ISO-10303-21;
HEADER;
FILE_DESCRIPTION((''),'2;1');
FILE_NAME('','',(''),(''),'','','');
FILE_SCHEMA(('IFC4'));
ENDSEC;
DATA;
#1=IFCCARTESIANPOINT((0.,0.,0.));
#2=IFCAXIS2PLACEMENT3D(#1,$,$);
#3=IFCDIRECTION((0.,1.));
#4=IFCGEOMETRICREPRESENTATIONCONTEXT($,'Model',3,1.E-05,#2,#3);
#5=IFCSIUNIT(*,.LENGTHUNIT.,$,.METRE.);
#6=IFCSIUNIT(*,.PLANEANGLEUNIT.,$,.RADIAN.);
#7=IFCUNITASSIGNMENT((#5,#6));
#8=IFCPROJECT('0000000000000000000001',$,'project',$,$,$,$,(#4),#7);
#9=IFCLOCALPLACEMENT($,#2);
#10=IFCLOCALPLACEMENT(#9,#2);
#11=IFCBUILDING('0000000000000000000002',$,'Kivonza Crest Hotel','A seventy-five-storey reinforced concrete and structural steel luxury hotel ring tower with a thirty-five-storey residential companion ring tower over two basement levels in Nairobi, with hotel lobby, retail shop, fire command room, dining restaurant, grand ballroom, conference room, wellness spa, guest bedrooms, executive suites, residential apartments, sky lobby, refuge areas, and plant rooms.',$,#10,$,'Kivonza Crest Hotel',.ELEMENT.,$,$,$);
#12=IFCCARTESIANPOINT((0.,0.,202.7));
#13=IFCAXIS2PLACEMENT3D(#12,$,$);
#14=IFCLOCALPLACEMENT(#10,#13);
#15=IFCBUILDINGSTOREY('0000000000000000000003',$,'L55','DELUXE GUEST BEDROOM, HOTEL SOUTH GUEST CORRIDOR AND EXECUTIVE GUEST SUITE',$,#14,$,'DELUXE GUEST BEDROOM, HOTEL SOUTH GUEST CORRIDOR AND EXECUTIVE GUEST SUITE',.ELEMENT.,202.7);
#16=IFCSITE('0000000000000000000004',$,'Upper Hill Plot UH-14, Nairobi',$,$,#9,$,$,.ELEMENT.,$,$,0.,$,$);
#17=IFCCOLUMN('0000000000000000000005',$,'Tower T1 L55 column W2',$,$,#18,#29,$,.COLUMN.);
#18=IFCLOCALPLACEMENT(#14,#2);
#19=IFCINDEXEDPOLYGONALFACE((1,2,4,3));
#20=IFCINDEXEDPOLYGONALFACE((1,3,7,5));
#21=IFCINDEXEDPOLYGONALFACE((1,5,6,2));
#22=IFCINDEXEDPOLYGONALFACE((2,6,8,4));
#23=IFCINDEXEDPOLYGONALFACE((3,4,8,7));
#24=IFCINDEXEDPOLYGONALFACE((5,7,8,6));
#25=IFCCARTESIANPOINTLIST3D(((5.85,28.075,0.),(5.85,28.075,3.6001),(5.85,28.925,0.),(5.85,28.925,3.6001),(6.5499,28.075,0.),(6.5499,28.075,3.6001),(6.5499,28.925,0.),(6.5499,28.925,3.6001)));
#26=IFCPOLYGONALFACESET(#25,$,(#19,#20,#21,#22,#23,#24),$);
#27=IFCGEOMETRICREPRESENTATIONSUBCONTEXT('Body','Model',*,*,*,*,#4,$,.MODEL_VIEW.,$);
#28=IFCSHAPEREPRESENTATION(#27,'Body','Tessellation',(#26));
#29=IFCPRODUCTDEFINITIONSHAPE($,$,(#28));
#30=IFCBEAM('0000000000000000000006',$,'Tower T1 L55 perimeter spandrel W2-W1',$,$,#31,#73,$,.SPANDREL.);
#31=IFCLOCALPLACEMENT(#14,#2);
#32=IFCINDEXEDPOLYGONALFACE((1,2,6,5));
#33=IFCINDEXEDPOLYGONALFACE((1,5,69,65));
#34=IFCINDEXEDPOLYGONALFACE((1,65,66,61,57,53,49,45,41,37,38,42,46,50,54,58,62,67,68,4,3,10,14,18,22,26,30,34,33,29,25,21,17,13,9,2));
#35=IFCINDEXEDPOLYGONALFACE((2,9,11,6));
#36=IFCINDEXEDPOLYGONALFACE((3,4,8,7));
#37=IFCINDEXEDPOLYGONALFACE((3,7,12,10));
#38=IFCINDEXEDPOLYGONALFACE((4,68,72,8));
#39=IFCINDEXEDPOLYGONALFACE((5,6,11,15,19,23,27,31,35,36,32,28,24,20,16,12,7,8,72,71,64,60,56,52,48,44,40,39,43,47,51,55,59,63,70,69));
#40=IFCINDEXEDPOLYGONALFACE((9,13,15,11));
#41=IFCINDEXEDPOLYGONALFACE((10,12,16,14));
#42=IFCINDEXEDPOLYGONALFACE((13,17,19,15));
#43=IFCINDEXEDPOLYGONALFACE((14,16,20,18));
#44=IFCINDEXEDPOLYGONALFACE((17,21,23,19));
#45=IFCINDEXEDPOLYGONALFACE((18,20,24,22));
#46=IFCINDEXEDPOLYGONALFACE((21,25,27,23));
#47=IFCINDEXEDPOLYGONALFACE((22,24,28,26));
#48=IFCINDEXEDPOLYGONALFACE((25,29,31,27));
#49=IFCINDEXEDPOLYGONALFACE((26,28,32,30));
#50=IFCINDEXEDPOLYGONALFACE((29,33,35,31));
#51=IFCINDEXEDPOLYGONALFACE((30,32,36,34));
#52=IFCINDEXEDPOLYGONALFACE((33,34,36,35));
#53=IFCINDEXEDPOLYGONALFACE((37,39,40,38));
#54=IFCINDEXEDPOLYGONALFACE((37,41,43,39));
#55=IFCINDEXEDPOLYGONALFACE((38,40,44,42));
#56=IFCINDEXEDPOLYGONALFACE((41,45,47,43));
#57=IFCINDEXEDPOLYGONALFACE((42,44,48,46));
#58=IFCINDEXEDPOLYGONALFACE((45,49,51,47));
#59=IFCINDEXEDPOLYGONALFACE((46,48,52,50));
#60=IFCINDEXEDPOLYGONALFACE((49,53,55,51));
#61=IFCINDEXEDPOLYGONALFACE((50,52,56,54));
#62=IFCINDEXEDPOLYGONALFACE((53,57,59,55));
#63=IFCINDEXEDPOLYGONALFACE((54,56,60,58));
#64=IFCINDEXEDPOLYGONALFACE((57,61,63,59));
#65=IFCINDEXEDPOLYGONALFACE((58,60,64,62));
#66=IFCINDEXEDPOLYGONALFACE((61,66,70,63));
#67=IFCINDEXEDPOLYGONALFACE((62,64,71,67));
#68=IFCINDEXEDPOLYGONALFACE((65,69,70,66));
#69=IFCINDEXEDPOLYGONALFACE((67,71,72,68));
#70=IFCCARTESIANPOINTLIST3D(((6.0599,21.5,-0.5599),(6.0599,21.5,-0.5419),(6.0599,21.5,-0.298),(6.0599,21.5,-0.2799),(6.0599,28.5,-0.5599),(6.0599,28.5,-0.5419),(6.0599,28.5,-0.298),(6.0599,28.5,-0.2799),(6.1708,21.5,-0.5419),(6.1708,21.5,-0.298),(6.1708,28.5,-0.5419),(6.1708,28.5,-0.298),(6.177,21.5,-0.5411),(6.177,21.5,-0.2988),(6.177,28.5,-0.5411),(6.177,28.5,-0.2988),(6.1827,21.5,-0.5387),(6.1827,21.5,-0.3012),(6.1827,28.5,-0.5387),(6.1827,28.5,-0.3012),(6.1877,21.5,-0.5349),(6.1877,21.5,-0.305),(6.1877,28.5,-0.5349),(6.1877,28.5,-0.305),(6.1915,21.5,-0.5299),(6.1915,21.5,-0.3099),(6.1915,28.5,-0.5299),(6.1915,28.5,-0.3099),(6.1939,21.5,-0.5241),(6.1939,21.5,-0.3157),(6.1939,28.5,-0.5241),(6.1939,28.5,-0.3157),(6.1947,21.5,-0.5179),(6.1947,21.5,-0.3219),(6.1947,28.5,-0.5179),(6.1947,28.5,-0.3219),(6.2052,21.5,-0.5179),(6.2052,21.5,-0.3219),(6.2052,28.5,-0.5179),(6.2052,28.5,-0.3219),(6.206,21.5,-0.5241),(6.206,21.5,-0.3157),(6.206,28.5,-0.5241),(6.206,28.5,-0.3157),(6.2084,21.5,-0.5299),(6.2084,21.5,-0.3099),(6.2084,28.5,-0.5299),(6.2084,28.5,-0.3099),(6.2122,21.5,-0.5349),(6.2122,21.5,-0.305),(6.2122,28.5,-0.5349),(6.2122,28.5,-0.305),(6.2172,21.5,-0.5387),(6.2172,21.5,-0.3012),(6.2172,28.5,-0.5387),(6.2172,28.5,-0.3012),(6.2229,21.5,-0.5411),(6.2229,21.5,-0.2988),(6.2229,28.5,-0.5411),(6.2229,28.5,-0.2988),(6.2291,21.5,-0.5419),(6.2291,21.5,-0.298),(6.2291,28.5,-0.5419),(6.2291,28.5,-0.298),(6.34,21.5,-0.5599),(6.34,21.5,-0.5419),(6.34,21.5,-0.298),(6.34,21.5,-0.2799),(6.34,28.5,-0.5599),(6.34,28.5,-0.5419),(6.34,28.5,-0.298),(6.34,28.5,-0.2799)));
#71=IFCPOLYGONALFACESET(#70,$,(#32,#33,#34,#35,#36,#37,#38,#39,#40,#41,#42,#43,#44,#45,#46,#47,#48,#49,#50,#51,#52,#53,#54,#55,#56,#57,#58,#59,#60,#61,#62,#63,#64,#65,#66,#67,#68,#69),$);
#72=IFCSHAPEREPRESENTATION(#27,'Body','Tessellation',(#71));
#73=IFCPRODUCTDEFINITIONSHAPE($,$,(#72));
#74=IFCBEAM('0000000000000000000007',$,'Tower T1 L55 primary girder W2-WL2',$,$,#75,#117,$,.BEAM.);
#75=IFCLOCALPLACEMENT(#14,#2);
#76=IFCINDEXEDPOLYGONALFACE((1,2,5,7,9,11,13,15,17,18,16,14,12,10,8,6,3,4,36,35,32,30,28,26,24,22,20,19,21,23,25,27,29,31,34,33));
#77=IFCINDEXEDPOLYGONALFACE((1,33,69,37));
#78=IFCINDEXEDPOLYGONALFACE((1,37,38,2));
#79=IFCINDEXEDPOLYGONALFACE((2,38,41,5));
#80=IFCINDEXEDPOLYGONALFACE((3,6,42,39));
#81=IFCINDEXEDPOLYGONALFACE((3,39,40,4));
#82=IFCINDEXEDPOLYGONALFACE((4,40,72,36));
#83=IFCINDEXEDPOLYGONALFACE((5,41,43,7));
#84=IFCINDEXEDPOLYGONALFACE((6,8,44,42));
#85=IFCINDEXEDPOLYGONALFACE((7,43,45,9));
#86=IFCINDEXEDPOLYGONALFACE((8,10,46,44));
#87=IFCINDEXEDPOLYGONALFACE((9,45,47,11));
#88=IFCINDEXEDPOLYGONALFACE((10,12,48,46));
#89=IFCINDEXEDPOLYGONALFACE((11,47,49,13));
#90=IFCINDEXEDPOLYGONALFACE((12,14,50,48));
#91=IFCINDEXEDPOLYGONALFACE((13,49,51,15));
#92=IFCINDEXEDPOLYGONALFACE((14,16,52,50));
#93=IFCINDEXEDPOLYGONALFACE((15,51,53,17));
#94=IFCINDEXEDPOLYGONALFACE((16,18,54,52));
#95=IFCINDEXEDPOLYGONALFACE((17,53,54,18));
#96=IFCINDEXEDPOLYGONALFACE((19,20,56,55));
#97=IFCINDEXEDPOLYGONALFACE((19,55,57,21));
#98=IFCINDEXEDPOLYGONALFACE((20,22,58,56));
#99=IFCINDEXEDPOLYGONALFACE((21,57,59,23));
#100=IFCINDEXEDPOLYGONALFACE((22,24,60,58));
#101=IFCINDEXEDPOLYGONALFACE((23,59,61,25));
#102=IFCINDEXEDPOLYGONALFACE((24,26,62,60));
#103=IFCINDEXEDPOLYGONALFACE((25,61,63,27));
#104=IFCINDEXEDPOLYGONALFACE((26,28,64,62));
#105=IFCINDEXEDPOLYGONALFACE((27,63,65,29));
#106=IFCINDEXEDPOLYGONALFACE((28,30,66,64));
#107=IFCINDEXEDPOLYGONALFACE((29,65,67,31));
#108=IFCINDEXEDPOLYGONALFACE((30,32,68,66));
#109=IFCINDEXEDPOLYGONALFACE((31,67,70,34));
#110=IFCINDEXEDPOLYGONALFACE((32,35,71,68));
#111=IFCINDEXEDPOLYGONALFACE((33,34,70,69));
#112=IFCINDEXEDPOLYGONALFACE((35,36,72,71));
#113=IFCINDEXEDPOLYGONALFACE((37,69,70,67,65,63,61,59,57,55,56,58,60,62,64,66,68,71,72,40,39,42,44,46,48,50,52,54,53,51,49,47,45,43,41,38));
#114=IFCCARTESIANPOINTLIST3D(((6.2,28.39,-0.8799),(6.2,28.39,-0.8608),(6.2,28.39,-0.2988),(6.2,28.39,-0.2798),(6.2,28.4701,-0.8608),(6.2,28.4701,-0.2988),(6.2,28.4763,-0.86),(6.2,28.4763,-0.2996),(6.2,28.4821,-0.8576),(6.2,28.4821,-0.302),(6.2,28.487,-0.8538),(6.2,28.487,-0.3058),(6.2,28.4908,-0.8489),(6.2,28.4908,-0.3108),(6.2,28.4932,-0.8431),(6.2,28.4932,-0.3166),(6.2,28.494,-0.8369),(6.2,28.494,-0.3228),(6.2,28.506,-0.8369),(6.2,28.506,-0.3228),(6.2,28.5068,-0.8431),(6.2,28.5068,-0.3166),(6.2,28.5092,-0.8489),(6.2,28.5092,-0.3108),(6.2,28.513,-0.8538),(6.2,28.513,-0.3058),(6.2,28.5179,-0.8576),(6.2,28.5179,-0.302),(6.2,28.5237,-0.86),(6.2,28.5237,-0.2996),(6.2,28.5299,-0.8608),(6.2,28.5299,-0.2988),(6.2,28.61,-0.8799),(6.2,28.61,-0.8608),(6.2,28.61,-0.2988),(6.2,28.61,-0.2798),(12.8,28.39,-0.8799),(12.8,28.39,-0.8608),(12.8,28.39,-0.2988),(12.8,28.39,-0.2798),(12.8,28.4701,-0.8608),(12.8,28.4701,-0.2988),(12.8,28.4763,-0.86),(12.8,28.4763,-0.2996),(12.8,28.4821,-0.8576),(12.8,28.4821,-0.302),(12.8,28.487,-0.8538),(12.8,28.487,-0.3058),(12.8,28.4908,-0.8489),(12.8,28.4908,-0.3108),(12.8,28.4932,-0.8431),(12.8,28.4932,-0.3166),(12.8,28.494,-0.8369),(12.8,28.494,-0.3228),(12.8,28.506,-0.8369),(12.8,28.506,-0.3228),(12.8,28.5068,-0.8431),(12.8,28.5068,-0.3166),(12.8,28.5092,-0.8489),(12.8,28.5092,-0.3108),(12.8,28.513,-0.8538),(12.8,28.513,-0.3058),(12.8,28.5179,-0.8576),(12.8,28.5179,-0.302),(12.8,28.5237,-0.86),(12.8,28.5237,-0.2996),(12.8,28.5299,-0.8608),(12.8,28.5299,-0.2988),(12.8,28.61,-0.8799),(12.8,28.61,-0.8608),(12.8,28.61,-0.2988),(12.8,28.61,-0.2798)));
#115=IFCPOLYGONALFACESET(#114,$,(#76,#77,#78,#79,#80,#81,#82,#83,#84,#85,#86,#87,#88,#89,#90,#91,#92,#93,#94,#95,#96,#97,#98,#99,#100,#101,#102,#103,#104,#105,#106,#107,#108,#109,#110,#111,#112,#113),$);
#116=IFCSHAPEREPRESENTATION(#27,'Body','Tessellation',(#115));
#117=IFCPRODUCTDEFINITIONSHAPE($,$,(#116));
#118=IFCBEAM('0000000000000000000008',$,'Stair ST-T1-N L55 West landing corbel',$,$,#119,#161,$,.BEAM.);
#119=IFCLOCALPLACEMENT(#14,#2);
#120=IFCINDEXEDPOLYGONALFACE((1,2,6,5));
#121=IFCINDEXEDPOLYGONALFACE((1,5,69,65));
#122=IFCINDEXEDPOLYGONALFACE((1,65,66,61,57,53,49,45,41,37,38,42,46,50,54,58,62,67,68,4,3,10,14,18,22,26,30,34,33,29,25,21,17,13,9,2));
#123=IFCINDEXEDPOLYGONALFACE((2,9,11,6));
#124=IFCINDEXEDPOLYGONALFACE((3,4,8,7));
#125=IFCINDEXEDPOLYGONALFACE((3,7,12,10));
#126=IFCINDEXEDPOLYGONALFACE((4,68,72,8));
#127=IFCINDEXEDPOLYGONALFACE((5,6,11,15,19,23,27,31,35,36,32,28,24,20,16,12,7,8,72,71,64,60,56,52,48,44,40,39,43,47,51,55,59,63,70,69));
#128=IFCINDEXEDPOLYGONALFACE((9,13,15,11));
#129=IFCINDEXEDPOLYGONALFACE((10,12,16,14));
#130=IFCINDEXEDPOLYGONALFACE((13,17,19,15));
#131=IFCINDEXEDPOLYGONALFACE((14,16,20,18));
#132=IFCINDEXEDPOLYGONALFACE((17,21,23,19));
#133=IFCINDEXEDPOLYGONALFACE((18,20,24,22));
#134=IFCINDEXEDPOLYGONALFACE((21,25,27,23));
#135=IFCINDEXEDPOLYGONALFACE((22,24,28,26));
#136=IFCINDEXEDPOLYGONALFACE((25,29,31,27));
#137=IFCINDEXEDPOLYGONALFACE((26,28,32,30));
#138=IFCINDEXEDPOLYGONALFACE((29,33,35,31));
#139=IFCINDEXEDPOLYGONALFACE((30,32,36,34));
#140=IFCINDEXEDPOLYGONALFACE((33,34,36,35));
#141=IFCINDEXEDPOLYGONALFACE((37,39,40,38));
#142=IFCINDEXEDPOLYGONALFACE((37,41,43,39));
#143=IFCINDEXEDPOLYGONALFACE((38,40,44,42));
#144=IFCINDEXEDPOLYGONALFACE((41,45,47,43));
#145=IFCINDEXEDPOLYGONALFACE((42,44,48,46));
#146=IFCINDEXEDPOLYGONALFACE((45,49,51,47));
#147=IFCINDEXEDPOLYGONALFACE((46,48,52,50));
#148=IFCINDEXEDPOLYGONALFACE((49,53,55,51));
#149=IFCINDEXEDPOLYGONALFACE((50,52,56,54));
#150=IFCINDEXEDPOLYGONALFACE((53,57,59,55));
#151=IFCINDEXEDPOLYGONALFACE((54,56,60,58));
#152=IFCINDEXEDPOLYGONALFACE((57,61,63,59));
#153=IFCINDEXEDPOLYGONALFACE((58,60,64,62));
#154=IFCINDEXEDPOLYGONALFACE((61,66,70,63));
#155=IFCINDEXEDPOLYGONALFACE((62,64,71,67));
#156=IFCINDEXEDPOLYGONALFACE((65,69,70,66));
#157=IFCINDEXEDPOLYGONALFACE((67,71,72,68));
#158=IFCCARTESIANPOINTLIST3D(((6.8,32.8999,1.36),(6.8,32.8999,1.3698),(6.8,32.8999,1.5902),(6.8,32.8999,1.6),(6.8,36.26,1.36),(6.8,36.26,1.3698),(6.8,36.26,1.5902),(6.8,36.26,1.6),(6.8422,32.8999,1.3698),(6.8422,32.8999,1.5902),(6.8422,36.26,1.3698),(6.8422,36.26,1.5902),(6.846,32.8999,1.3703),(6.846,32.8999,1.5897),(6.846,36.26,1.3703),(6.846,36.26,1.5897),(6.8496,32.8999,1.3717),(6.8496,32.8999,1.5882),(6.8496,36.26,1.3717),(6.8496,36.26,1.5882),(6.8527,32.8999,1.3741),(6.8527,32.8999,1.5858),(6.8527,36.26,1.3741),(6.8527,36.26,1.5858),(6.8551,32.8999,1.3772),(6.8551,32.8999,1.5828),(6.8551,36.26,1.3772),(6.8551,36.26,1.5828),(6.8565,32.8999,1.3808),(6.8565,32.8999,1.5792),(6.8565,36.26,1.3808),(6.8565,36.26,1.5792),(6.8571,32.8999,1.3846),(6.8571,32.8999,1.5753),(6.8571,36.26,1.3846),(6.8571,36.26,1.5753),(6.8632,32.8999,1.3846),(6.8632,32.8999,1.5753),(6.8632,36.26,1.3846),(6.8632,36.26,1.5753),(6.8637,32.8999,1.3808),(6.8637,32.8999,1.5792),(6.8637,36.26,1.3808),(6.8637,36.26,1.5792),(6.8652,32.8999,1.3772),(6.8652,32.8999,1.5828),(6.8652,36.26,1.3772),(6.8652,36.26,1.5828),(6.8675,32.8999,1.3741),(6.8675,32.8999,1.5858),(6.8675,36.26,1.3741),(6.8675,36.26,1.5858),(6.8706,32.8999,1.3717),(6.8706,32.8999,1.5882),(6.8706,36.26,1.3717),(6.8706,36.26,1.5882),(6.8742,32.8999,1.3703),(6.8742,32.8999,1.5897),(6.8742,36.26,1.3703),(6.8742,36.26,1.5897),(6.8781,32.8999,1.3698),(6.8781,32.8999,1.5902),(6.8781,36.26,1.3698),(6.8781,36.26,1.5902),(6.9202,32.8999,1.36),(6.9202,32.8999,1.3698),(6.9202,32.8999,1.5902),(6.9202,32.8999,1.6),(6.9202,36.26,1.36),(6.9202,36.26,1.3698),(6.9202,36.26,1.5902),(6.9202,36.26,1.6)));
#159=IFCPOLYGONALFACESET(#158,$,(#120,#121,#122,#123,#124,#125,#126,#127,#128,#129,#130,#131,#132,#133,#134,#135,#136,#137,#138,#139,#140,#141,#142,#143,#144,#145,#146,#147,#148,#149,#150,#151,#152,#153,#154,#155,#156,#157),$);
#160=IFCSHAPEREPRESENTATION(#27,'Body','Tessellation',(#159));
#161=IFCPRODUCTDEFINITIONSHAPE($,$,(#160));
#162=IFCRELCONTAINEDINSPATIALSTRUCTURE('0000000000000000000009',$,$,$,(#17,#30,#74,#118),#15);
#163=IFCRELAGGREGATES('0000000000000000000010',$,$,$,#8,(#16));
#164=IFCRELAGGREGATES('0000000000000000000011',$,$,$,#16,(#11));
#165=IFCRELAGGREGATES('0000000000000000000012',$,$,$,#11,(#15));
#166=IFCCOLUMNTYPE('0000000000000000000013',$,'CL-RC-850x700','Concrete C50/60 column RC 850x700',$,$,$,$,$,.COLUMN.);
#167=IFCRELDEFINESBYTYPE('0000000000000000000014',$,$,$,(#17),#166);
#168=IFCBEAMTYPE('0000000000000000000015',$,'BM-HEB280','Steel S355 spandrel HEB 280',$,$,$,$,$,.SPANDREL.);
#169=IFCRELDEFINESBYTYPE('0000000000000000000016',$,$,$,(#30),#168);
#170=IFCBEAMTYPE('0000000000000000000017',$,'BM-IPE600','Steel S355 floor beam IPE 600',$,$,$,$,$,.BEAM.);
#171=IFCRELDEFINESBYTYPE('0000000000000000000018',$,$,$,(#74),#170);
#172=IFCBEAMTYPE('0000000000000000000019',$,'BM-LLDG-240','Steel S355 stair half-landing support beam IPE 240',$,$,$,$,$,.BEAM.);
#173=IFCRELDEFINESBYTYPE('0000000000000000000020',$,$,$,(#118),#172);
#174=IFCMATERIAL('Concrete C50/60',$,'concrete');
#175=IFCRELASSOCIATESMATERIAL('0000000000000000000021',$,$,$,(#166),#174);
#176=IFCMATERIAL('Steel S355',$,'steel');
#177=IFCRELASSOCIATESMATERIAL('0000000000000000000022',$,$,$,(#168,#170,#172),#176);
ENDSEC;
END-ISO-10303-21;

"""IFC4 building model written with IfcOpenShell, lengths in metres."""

from ifc_helpers import new_model, si_unit, direction, frame, origin, origin_2d, place, context, subcontext, project, spatial, rectangle, i_section, extrude, material, material_profile, profile_set, type_object, element, save


model = new_model("IFC4")

# Units and contexts
model_context = context("Model", 3, precision=1e-05, world=origin(), true_north=direction((0.0, 1.0)))
body_context = subcontext(model_context, "Body", "Model", "MODEL_VIEW")
ifc_project = project(units=[si_unit("LENGTHUNIT", "METRE"), si_unit("PLANEANGLEUNIT", "RADIAN")], contexts=[model_context])

# Site, building, storey
site_placement = place(None, origin())
site = spatial("IfcSite", under=ifc_project, at=site_placement, Name="Upper Hill Plot UH-14, Nairobi", CompositionType="ELEMENT", RefElevation=0.0)
building_placement = place(site_placement, origin())
building = spatial("IfcBuilding", under=site, at=building_placement, Name="Kivonza Crest Hotel", Description="A seventy-five-storey reinforced concrete and structural steel luxury hotel ring tower with a thirty-five-storey residential companion ring tower over two basement levels in Nairobi, with hotel lobby, retail shop, fire command room, dining restaurant, grand ballroom, conference room, wellness spa, guest bedrooms, executive suites, residential apartments, sky lobby, refuge areas, and plant rooms.", LongName="Kivonza Crest Hotel", CompositionType="ELEMENT")
storey_placement = place(building_placement, frame((0.0, 0.0, 202.7)))
storey = spatial("IfcBuildingStorey", under=building, at=storey_placement, Name="L55", Description="DELUXE GUEST BEDROOM, HOTEL SOUTH GUEST CORRIDOR AND EXECUTIVE GUEST SUITE", LongName="DELUXE GUEST BEDROOM, HOTEL SOUTH GUEST CORRIDOR AND EXECUTIVE GUEST SUITE", CompositionType="ELEMENT", Elevation=202.7)

# Column
ifc_material_1 = material(Name="Concrete C50/60", Category="concrete")
ifc_material_profile_1 = material_profile(ifc_material_1, rectangle(XDim=0.7, YDim=0.8501, at=origin_2d()), Name="RC 850x700")
ifc_profile_set_1 = profile_set([ifc_material_profile_1], Name="Concrete C50/60")
column_type = type_object("IfcColumnType", Name="CL-RC-850x700", Description="Concrete C50/60 column RC 850x700", PredefinedType="COLUMN", material=ifc_profile_set_1)
column_placement = place(storey_placement, frame((6.2, 28.5, 0.0), z_axis=(0.0, 0.0, 1.0), x_axis=(1.0, 0.0, 0.0)))
element("IfcColumn", 1, at=column_placement, inside=storey, type_object=column_type, Name="Tower T1 L55 column W2", PredefinedType="COLUMN", context=body_context, shape_type="SweptSolid", body=[
    extrude(rectangle(XDim=0.7, YDim=0.8501, at=origin_2d()), origin(), (0.0, 0.0, 1.0), 3.6001),
])

# Beams
ifc_material_2 = material(Name="Steel S355", Category="steel")
ifc_material_profile_2 = material_profile(ifc_material_2, i_section(OverallWidth=0.28, OverallDepth=0.28, WebThickness=0.0105, FlangeThickness=0.0181, FilletRadius=0.0239, at=origin_2d()), Name="HEB 280")
ifc_profile_set_2 = profile_set([ifc_material_profile_2], Name="Steel S355")
beam_type_1 = type_object("IfcBeamType", Name="BM-HEB280", Description="Steel S355 spandrel HEB 280", PredefinedType="SPANDREL", material=ifc_profile_set_2)
beam_1_placement = place(storey_placement, frame((6.2, 28.5, -0.4199), z_axis=(0.0, -1.0, 0.0), x_axis=(1.0, 0.0, 0.0)))
element("IfcBeam", 2, at=beam_1_placement, inside=storey, type_object=beam_type_1, Name="Tower T1 L55 perimeter spandrel W2-W1", PredefinedType="SPANDREL", context=body_context, shape_type="SweptSolid", body=[
    extrude(i_section(OverallWidth=0.28, OverallDepth=0.28, WebThickness=0.0105, FlangeThickness=0.0181, FilletRadius=0.0239, at=origin_2d()), origin(), (0.0, 0.0, 1.0), 7.0),
])
ifc_material_profile_3 = material_profile(ifc_material_2, i_section(OverallWidth=0.22, OverallDepth=0.6001, WebThickness=0.012, FlangeThickness=0.019, FilletRadius=0.0239, at=origin_2d()), Name="IPE 600")
ifc_profile_set_3 = profile_set([ifc_material_profile_3], Name="Steel S355")
beam_type_2 = type_object("IfcBeamType", Name="BM-IPE600", Description="Steel S355 floor beam IPE 600", PredefinedType="BEAM", material=ifc_profile_set_3)
beam_2_placement = place(storey_placement, frame((6.2, 28.5, -0.5798), z_axis=(1.0, 0.0, 0.0), x_axis=(0.0, 1.0, 0.0)))
element("IfcBeam", 3, at=beam_2_placement, inside=storey, type_object=beam_type_2, Name="Tower T1 L55 primary girder W2-WL2", PredefinedType="BEAM", context=body_context, shape_type="SweptSolid", body=[
    extrude(i_section(OverallWidth=0.22, OverallDepth=0.6001, WebThickness=0.012, FlangeThickness=0.019, FilletRadius=0.0239, at=origin_2d()), origin(), (0.0, 0.0, 1.0), 6.6001),
])
ifc_material_profile_4 = material_profile(ifc_material_2, i_section(OverallWidth=0.1201, OverallDepth=0.24, WebThickness=0.0061, FlangeThickness=0.0098, FilletRadius=0.0149, at=origin_2d()), Name="IPE 240")
ifc_profile_set_4 = profile_set([ifc_material_profile_4], Name="Steel S355")
beam_type_3 = type_object("IfcBeamType", Name="BM-LLDG-240", Description="Steel S355 stair half-landing support beam IPE 240", PredefinedType="BEAM", material=ifc_profile_set_4)
beam_3_placement = place(storey_placement, frame((6.8601, 32.8999, 1.48), z_axis=(0.0, 1.0, 0.0), x_axis=(-1.0, 0.0, 0.0)))
element("IfcBeam", 4, at=beam_3_placement, inside=storey, type_object=beam_type_3, Name="Stair ST-T1-N L55 West landing corbel", PredefinedType="BEAM", context=body_context, shape_type="SweptSolid", body=[
    extrude(i_section(OverallWidth=0.1201, OverallDepth=0.24, WebThickness=0.0061, FlangeThickness=0.0098, FilletRadius=0.0149, at=origin_2d()), origin(), (0.0, 0.0, 1.0), 3.3601),
])

save(model, "model.ifc")
